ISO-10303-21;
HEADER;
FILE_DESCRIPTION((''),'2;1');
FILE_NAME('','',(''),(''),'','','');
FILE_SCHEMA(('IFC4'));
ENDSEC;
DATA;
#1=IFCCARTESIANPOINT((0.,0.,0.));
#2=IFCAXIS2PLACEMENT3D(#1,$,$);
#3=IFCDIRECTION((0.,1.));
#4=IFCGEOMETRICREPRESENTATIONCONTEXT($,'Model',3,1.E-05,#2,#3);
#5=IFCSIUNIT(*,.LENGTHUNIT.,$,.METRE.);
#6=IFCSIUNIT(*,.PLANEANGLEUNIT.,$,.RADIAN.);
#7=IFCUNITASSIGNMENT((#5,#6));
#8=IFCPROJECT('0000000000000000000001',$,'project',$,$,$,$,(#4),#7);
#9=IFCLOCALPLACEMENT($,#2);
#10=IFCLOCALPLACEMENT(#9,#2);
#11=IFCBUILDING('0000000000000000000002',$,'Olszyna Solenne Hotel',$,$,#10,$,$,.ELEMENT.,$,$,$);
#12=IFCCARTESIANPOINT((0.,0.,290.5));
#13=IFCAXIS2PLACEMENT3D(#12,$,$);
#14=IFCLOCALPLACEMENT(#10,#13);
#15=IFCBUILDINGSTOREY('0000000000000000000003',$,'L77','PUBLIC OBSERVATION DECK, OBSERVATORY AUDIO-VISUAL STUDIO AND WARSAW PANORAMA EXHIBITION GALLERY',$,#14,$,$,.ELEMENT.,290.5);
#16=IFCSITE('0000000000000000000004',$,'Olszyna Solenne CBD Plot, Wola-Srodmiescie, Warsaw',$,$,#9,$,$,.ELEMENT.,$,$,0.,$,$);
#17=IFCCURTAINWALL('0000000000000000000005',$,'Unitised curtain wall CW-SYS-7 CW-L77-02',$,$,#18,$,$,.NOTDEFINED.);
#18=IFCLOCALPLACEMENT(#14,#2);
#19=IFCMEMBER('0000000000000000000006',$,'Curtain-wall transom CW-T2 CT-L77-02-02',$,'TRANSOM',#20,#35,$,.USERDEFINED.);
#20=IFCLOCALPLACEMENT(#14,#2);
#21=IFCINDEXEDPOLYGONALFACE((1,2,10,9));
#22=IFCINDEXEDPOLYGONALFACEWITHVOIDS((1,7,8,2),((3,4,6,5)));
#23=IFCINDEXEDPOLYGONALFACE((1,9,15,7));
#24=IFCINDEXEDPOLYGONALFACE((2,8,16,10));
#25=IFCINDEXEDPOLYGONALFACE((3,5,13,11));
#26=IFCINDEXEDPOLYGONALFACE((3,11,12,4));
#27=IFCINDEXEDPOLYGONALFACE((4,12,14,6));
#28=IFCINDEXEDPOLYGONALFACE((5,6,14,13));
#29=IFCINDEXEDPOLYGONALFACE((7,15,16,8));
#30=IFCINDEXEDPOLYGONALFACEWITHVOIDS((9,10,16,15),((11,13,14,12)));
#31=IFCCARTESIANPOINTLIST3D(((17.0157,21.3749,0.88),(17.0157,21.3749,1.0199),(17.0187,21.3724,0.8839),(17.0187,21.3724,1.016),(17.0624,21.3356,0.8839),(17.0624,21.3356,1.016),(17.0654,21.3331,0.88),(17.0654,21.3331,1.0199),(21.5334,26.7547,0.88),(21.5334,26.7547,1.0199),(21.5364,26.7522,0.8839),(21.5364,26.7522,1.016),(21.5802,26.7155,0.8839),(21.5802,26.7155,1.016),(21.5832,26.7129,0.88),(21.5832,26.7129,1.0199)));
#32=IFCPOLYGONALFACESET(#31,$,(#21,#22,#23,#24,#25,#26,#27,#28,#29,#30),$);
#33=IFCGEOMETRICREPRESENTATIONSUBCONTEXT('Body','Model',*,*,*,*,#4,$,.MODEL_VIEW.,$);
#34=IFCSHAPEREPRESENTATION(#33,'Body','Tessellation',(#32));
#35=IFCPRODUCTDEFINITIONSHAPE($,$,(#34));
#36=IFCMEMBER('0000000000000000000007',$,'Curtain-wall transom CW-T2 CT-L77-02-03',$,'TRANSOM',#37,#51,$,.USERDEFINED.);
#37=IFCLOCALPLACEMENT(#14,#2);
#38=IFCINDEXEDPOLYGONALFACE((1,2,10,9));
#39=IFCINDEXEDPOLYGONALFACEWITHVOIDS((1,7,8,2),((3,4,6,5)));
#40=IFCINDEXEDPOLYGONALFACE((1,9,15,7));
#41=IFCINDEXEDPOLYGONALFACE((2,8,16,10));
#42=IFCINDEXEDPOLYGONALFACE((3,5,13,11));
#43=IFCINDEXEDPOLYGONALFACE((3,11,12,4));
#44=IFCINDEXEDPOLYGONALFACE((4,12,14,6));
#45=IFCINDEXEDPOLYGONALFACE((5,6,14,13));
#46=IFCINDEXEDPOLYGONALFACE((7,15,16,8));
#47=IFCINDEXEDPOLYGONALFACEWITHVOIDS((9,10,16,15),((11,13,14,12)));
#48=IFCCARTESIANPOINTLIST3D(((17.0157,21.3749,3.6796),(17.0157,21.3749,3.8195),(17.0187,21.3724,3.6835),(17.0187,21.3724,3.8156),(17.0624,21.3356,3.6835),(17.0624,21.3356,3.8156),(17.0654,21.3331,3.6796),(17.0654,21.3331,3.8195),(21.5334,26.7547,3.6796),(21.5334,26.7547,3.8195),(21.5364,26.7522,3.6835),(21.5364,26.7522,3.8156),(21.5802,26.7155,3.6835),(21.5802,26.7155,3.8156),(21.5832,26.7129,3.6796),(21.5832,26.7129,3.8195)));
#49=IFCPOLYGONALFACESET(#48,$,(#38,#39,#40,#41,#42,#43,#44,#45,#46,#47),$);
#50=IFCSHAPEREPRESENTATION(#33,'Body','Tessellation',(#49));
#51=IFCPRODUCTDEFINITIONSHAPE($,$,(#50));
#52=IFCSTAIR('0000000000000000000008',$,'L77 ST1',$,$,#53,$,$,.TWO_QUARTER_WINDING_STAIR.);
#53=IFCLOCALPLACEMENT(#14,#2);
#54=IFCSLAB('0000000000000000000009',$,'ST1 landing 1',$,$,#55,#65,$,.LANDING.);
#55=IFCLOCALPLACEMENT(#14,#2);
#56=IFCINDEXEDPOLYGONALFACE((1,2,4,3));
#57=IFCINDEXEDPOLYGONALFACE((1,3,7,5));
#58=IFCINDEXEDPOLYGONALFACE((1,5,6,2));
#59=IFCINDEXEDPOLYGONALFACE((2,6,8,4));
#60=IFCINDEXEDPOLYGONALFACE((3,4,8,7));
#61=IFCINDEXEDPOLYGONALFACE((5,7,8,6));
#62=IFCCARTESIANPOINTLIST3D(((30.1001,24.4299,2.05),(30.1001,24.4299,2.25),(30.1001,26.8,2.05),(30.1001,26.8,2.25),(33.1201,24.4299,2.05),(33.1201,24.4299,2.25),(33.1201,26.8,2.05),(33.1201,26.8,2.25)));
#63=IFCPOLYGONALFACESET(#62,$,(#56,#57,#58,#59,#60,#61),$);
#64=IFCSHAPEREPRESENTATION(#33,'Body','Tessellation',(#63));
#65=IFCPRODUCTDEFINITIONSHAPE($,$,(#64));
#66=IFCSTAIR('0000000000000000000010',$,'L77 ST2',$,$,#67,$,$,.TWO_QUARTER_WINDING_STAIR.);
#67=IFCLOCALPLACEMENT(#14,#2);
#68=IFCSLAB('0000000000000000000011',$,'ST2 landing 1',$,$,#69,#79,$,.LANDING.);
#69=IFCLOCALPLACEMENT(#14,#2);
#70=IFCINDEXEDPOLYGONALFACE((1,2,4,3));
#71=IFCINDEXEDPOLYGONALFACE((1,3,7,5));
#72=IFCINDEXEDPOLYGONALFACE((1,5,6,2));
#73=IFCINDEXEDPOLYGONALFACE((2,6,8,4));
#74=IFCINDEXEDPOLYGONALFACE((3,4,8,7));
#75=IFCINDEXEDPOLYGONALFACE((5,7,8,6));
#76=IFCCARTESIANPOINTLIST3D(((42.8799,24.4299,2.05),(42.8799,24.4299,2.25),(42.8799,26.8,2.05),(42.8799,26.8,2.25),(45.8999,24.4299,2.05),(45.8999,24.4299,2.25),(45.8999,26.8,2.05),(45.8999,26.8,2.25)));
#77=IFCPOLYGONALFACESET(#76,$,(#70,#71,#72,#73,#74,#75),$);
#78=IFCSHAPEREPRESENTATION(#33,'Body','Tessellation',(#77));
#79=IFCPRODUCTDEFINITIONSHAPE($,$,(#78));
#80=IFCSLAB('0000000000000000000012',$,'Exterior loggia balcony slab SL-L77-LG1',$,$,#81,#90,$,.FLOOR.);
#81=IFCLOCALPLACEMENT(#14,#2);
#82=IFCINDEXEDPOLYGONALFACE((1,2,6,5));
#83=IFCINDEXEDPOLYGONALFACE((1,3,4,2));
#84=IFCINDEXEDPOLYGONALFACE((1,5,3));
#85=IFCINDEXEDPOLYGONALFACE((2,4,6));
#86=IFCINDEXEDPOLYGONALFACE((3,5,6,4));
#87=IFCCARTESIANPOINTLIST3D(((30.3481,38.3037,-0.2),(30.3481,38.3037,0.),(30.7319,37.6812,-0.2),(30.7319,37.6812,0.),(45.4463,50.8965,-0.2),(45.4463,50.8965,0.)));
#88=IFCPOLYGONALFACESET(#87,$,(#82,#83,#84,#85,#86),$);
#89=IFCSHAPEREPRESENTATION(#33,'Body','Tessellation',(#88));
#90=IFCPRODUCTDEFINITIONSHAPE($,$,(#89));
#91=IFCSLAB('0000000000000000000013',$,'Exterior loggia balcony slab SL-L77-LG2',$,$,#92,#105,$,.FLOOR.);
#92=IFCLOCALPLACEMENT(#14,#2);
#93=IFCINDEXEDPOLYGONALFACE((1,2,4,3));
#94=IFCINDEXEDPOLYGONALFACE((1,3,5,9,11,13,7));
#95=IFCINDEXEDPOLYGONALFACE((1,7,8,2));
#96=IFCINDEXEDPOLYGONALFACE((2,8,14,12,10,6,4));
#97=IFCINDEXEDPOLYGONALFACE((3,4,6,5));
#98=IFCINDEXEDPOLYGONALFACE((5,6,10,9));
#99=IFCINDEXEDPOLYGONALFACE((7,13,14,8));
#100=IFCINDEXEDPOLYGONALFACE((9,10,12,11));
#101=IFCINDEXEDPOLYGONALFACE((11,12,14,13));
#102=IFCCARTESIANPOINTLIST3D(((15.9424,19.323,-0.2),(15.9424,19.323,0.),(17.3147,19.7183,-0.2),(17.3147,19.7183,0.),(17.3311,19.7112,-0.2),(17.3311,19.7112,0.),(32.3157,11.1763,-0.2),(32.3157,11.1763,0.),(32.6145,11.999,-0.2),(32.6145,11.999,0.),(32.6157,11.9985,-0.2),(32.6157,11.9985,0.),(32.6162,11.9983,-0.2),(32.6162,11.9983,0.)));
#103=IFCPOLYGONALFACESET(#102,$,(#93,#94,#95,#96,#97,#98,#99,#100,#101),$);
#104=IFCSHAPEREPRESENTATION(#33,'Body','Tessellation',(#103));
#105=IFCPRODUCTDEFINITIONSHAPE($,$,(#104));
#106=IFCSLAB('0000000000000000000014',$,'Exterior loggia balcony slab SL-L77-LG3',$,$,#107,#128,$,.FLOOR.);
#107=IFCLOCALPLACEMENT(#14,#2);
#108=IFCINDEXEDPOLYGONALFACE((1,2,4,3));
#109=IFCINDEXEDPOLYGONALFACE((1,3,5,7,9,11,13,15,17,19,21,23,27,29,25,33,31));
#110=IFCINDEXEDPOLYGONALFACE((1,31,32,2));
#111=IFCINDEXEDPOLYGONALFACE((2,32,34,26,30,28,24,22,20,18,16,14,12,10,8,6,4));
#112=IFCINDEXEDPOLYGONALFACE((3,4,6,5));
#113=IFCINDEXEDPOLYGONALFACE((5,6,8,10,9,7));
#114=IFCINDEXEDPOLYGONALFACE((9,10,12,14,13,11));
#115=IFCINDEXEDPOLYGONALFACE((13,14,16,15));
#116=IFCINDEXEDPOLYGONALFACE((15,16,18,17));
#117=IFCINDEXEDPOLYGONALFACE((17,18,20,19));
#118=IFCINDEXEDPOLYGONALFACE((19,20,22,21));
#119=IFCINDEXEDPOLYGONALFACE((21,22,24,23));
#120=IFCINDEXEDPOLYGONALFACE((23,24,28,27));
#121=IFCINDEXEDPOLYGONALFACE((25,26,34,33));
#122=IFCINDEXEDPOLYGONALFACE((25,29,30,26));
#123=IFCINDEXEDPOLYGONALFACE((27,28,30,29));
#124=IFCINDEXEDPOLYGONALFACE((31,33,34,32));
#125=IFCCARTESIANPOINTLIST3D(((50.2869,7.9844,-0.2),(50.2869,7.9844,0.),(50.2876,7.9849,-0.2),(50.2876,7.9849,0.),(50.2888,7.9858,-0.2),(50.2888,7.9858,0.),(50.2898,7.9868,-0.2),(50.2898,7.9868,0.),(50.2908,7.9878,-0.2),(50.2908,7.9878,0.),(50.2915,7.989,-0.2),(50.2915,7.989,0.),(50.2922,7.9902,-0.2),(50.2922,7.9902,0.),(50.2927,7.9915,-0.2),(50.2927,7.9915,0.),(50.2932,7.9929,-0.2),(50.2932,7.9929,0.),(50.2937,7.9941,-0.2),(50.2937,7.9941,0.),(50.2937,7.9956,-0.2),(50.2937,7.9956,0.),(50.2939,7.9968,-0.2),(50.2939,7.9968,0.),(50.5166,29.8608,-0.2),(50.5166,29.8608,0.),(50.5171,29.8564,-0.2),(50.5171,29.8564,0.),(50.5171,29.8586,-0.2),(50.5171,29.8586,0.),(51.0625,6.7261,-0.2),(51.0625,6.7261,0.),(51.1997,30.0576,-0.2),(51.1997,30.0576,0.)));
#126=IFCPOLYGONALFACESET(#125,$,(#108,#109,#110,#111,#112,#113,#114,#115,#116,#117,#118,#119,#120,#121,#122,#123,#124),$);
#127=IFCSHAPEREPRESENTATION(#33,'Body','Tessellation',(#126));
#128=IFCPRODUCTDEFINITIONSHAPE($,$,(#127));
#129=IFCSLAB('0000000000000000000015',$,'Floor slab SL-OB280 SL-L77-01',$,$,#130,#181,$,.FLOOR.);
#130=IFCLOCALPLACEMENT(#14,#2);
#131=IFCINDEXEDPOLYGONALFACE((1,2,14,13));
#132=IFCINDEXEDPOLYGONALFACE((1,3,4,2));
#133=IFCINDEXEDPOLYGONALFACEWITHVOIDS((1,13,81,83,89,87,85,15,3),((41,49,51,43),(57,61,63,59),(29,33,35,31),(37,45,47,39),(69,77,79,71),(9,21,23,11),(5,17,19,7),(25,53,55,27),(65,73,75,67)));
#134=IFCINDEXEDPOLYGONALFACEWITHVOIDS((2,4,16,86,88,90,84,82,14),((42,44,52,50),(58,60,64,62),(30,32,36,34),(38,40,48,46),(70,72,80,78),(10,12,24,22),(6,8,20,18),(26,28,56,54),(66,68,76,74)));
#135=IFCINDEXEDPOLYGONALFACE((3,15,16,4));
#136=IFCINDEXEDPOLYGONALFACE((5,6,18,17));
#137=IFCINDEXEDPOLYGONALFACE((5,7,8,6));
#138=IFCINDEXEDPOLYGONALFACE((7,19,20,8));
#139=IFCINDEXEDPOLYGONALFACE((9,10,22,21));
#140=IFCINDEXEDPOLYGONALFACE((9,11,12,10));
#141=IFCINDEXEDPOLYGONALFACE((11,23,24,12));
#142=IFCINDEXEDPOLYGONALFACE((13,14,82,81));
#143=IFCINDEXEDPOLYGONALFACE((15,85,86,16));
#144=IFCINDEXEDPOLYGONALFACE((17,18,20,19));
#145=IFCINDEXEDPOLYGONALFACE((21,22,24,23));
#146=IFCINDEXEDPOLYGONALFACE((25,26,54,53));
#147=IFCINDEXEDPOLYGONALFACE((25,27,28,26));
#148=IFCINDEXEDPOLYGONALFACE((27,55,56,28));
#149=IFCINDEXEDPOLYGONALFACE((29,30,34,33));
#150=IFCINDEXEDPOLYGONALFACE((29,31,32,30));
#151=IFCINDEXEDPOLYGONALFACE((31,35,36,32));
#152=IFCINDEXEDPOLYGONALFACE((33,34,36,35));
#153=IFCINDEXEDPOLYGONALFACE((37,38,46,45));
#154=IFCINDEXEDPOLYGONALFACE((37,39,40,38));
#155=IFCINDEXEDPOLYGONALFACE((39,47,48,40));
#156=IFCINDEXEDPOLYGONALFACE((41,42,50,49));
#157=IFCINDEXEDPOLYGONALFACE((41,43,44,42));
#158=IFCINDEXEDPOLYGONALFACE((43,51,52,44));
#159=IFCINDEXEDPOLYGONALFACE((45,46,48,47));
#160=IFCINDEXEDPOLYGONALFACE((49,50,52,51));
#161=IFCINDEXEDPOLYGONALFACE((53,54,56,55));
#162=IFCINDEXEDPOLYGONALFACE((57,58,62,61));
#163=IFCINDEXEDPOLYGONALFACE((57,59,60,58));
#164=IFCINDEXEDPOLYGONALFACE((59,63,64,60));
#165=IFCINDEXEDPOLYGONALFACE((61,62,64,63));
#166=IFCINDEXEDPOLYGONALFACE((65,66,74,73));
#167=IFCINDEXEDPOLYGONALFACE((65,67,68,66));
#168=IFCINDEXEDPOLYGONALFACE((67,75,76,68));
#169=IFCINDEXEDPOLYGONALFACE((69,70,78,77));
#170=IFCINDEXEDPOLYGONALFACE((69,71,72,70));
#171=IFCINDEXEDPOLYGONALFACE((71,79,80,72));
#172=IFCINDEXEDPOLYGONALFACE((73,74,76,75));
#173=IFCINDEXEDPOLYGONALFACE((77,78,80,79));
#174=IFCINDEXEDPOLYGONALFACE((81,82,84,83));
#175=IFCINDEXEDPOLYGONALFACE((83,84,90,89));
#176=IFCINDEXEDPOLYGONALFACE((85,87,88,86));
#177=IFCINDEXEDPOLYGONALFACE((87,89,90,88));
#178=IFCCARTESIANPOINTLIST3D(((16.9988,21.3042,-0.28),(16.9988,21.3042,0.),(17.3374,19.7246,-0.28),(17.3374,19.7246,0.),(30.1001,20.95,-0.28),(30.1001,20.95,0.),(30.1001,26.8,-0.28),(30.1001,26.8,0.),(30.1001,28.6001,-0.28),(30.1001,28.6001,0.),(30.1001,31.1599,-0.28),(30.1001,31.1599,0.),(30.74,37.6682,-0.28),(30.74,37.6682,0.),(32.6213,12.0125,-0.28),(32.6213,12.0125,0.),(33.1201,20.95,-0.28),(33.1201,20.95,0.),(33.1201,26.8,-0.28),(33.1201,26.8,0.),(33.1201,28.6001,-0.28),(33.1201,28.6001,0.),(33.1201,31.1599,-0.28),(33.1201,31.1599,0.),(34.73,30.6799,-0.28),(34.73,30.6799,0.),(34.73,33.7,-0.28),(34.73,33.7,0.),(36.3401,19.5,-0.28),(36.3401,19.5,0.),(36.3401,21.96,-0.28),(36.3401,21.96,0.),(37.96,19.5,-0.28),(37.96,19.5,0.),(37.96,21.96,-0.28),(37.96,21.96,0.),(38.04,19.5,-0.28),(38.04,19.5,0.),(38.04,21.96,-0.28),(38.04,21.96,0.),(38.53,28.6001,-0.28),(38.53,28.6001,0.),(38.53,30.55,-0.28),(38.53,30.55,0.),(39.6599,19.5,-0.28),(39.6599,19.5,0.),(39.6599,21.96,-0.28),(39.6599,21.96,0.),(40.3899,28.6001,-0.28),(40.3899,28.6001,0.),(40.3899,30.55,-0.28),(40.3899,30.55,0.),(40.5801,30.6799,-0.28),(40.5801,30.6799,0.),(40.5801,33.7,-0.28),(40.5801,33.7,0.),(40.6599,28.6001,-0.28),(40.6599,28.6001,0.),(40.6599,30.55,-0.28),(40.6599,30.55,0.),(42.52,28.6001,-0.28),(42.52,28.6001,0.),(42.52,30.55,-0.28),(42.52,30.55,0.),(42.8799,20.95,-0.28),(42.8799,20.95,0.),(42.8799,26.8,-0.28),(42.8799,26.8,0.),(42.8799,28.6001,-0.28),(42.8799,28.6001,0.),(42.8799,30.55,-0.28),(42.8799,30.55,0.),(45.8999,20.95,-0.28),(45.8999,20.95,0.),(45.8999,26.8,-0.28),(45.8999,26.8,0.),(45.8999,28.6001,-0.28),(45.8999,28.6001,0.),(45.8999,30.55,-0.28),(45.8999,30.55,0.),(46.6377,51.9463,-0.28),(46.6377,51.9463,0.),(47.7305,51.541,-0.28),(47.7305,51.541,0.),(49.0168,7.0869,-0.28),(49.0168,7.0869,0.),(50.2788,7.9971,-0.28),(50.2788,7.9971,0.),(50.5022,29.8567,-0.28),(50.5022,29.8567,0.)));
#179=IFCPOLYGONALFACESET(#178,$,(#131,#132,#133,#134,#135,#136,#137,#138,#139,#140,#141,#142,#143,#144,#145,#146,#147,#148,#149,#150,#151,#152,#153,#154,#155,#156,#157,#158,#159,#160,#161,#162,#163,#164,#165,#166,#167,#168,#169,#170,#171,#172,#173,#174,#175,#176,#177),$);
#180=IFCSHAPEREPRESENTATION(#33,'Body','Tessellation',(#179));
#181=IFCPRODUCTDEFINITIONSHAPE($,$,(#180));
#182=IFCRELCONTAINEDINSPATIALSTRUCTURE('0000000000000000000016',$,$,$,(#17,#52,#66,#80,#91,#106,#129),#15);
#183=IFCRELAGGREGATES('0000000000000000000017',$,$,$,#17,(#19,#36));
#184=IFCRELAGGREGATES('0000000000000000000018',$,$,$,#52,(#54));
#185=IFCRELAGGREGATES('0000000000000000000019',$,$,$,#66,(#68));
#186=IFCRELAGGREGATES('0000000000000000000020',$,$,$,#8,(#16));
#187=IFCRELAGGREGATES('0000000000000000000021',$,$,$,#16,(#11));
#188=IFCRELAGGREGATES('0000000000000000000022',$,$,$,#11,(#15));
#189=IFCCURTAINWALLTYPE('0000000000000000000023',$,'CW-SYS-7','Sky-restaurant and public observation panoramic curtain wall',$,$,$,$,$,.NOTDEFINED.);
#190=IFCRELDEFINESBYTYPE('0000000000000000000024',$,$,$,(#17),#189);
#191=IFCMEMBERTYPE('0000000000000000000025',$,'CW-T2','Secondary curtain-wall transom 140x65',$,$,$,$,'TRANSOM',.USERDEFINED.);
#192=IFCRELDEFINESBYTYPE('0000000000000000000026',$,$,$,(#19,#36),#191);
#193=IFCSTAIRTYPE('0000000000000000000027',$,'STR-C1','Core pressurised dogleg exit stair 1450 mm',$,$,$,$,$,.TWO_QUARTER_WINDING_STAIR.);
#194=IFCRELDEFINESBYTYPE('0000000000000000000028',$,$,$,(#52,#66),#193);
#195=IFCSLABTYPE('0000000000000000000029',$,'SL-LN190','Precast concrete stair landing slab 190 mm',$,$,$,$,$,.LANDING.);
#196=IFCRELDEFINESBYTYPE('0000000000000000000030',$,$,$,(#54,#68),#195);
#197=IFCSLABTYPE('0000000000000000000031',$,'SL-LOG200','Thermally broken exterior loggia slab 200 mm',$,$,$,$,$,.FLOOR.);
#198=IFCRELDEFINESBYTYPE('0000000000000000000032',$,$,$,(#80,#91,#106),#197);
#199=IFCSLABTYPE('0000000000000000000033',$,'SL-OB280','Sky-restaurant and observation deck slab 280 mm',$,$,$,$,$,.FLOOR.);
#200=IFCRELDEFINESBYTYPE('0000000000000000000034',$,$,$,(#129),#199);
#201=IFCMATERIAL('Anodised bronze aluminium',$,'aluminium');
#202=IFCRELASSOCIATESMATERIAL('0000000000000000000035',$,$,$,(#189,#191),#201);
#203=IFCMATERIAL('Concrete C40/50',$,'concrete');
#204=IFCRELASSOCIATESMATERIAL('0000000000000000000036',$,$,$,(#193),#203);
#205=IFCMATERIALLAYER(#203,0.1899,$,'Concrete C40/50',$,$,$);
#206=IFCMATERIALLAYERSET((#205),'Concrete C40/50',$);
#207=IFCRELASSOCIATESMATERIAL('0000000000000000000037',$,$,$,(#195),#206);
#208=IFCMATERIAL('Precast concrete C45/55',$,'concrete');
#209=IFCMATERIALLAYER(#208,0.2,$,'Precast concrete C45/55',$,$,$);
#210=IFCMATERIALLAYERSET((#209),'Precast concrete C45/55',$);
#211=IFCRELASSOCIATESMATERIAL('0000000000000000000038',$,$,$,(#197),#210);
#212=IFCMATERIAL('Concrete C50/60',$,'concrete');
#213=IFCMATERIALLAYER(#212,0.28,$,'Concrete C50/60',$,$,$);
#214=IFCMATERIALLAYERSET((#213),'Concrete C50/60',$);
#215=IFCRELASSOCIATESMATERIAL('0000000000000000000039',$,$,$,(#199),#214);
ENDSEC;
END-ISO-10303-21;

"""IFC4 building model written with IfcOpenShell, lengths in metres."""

from ifc_helpers import new_model, si_unit, direction, frame, origin, origin_2d, place, context, subcontext, project, spatial, polyline, hollow_rectangle, outline, extrude, source, transform, mapped, material, layer, layer_set, material_profile, profile_set, type_object, element, aggregate, save


model = new_model("IFC4")

# Units and contexts
model_context = context("Model", 3, precision=1e-05, world=origin(), true_north=direction((0.0, 1.0)))
body_context = subcontext(model_context, "Body", "Model", "MODEL_VIEW")
ifc_project = project(units=[si_unit("LENGTHUNIT", "METRE"), si_unit("PLANEANGLEUNIT", "RADIAN")], contexts=[model_context])

# Site, building, storey
site_placement = place(None, origin())
site = spatial("IfcSite", under=ifc_project, at=site_placement, Name="Olszyna Solenne CBD Plot, Wola-Srodmiescie, Warsaw", CompositionType="ELEMENT", RefElevation=0.0)
building_placement = place(site_placement, origin())
building = spatial("IfcBuilding", under=site, at=building_placement, Name="Olszyna Solenne Hotel", CompositionType="ELEMENT")
storey_placement = place(building_placement, frame((0.0, 0.0, 290.5)))
storey = spatial("IfcBuildingStorey", under=building, at=storey_placement, Name="L77", Description="PUBLIC OBSERVATION DECK, OBSERVATORY AUDIO-VISUAL STUDIO AND WARSAW PANORAMA EXHIBITION GALLERY", CompositionType="ELEMENT", Elevation=290.5)

# Curtain wall, members
ifc_material_1 = material(Name="Anodised bronze aluminium", Category="aluminium")
curtain_wall_type = type_object("IfcCurtainWallType", Name="CW-SYS-7", Description="Sky-restaurant and public observation panoramic curtain wall", PredefinedType="NOTDEFINED", material=ifc_material_1)
curtain_wall_placement = place(storey_placement, origin())
curtain_wall = element("IfcCurtainWall", 1, at=curtain_wall_placement, inside=storey, type_object=curtain_wall_type, Name="Unitised curtain wall CW-SYS-7 CW-L77-02", PredefinedType="NOTDEFINED")
ifc_material_profile_1 = material_profile(ifc_material_1, hollow_rectangle(XDim=0.0649, YDim=0.1399, WallThickness=0.0039, at=origin_2d()), Name="TRAN 140x65x4", Category="load-bearing")
ifc_profile_set_1 = profile_set([ifc_material_profile_1], Name="Anodised bronze aluminium")
member_type_1 = type_object("IfcMemberType", Name="CW-T2", Description="Secondary curtain-wall transom 140x65", ElementType="TRANSOM", PredefinedType="USERDEFINED", material=ifc_profile_set_1)
shared_shape_1 = source(origin(), body_context, "Body", "SweptSolid", [
    extrude(hollow_rectangle(XDim=0.0649, YDim=0.1399, WallThickness=0.0039, at=origin_2d()), origin(), (0.0, 0.0, 1.0), 7.0251),
])
member_1_placement = place(storey_placement, frame((17.0405, 21.354, 0.95), z_axis=(0.643085, 0.765795, 0.0), x_axis=(-0.765795, 0.643085, 0.0)))
member_1 = element("IfcMember", 2, at=member_1_placement, type_object=member_type_1, Name="Curtain-wall transom CW-T2 CT-L77-02-02", ObjectType="TRANSOM", PredefinedType="USERDEFINED", context=body_context, shape_type="MappedRepresentation", body=[
    mapped(shared_shape_1, transform((0.0, 0.0, 0.0), x_axis=(1.0, 0.0, 0.0), y_axis=(0.0, 1.0, 0.0), z_axis=(0.0, 0.0, 1.0), scale=1.0)),
])
member_2_placement = place(storey_placement, frame((17.0405, 21.354, 3.7495), z_axis=(0.643085, 0.765795, 0.0), x_axis=(-0.765795, 0.643085, 0.0)))
member_2 = element("IfcMember", 3, at=member_2_placement, type_object=member_type_1, Name="Curtain-wall transom CW-T2 CT-L77-02-03", ObjectType="TRANSOM", PredefinedType="USERDEFINED", context=body_context, shape_type="MappedRepresentation", body=[
    mapped(shared_shape_1, transform((0.0, 0.0, 0.0), x_axis=(1.0, 0.0, 0.0), y_axis=(0.0, 1.0, 0.0), z_axis=(0.0, 0.0, 1.0), scale=1.0)),
])
aggregate(curtain_wall, [member_1, member_2])

# Stairs, slabs
ifc_material_2 = material(Name="Concrete C40/50", Category="concrete")
stair_type = type_object("IfcStairType", Name="STR-C1", Description="Core pressurised dogleg exit stair 1450 mm", PredefinedType="TWO_QUARTER_WINDING_STAIR", material=ifc_material_2)
stair_1_placement = place(storey_placement, origin())
stair_1 = element("IfcStair", 4, at=stair_1_placement, inside=storey, type_object=stair_type, Name="L77 ST1", PredefinedType="TWO_QUARTER_WINDING_STAIR")
ifc_layer_1 = layer(ifc_material_2, 0.1899, Name="Concrete C40/50")
ifc_layer_set_1 = layer_set([ifc_layer_1], Name="Concrete C40/50")
slab_type_1 = type_object("IfcSlabType", Name="SL-LN190", Description="Precast concrete stair landing slab 190 mm", PredefinedType="LANDING", material=ifc_layer_set_1)
slab_1_placement = place(storey_placement, frame((0.0, 0.0, 2.05)))
slab_1 = element("IfcSlab", 5, at=slab_1_placement, type_object=slab_type_1, Name="ST1 landing 1", PredefinedType="LANDING", context=body_context, shape_type="SweptSolid", body=[
    extrude(outline(polyline([(33.1201, 24.4299), (33.1201, 26.8), (30.1001, 26.8), (30.1001, 24.4299), (33.1201, 24.4299)])), origin(), (0.0, 0.0, 1.0), 0.2),
])
aggregate(stair_1, [slab_1])
stair_2_placement = place(storey_placement, origin())
stair_2 = element("IfcStair", 6, at=stair_2_placement, inside=storey, type_object=stair_type, Name="L77 ST2", PredefinedType="TWO_QUARTER_WINDING_STAIR")
slab_2_placement = place(storey_placement, frame((0.0, 0.0, 2.05)))
slab_2 = element("IfcSlab", 7, at=slab_2_placement, type_object=slab_type_1, Name="ST2 landing 1", PredefinedType="LANDING", context=body_context, shape_type="SweptSolid", body=[
    extrude(outline(polyline([(45.8999, 24.4299), (45.8999, 26.8), (42.8799, 26.8), (42.8799, 24.4299), (45.8999, 24.4299)])), origin(), (0.0, 0.0, 1.0), 0.2),
])
aggregate(stair_2, [slab_2])

# Slabs
ifc_material_3 = material(Name="Precast concrete C45/55", Category="concrete")
ifc_layer_2 = layer(ifc_material_3, 0.2, Name="Precast concrete C45/55")
ifc_layer_set_2 = layer_set([ifc_layer_2], Name="Precast concrete C45/55")
slab_type_2 = type_object("IfcSlabType", Name="SL-LOG200", Description="Thermally broken exterior loggia slab 200 mm", PredefinedType="FLOOR", material=ifc_layer_set_2)
slab_3_placement = place(storey_placement, frame((0.0, 0.0, -0.2)))
element("IfcSlab", 8, at=slab_3_placement, inside=storey, type_object=slab_type_2, Name="Exterior loggia balcony slab SL-L77-LG1", PredefinedType="FLOOR", context=body_context, shape_type="SweptSolid", body=[
    extrude(outline(polyline([(30.3481, 38.3037), (30.7319, 37.6812), (45.4463, 50.8965), (30.3481, 38.3037)])), origin(), (0.0, 0.0, 1.0), 0.2),
])
slab_4_placement = place(storey_placement, frame((0.0, 0.0, -0.2)))
element("IfcSlab", 9, at=slab_4_placement, inside=storey, type_object=slab_type_2, Name="Exterior loggia balcony slab SL-L77-LG2", PredefinedType="FLOOR", context=body_context, shape_type="SweptSolid", body=[
    extrude(outline(polyline([(32.6162, 11.9983), (32.6157, 11.9985), (32.6145, 11.999), (17.3311, 19.7112), (17.3147, 19.7183), (15.9424, 19.323), (32.3157, 11.1763), (32.6162, 11.9983)])), origin(), (0.0, 0.0, 1.0), 0.2),
])
slab_5_placement = place(storey_placement, frame((0.0, 0.0, -0.2)))
element("IfcSlab", 10, at=slab_5_placement, inside=storey, type_object=slab_type_2, Name="Exterior loggia balcony slab SL-L77-LG3", PredefinedType="FLOOR", context=body_context, shape_type="SweptSolid", body=[
    extrude(outline(polyline([(50.5166, 29.8608), (50.5171, 29.8586), (50.5171, 29.8564), (50.2939, 7.9968), (50.2937, 7.9956), (50.2937, 7.9941), (50.2932, 7.9929), (50.2927, 7.9915), (50.2922, 7.9902), (50.2915, 7.989), (50.2908, 7.9878), (50.2898, 7.9868), (50.2888, 7.9858), (50.2876, 7.9849), (50.2869, 7.9844), (51.0625, 6.7261), (51.1997, 30.0576), (50.5166, 29.8608)])), origin(), (0.0, 0.0, 1.0), 0.2),
])
ifc_material_4 = material(Name="Concrete C50/60", Category="concrete")
ifc_layer_3 = layer(ifc_material_4, 0.28, Name="Concrete C50/60")
ifc_layer_set_3 = layer_set([ifc_layer_3], Name="Concrete C50/60")
slab_type_3 = type_object("IfcSlabType", Name="SL-OB280", Description="Sky-restaurant and observation deck slab 280 mm", PredefinedType="FLOOR", material=ifc_layer_set_3)
slab_6_placement = place(storey_placement, frame((0.0, 0.0, -0.28)))
element("IfcSlab", 11, at=slab_6_placement, inside=storey, type_object=slab_type_3, Name="Floor slab SL-OB280 SL-L77-01", PredefinedType="FLOOR", context=body_context, shape_type="SweptSolid", body=[
    extrude(outline(polyline([(47.7305, 51.541), (46.6377, 51.9463), (30.74, 37.6682), (16.9988, 21.3042), (17.3374, 19.7246), (32.6213, 12.0125), (49.0168, 7.0869), (50.2788, 7.9971), (50.5022, 29.8567), (47.7305, 51.541)]), holes=[polyline([(30.1001, 20.95), (33.1201, 20.95), (33.1201, 26.8), (30.1001, 26.8), (30.1001, 20.95)]), polyline([(42.8799, 20.95), (45.8999, 20.95), (45.8999, 26.8), (42.8799, 26.8), (42.8799, 20.95)]), polyline([(34.73, 30.6799), (40.5801, 30.6799), (40.5801, 33.7), (34.73, 33.7), (34.73, 30.6799)]), polyline([(36.3401, 19.5), (37.96, 19.5), (37.96, 21.96), (36.3401, 21.96), (36.3401, 19.5)]), polyline([(38.04, 19.5), (39.6599, 19.5), (39.6599, 21.96), (38.04, 21.96), (38.04, 19.5)]), polyline([(30.1001, 28.6001), (33.1201, 28.6001), (33.1201, 31.1599), (30.1001, 31.1599), (30.1001, 28.6001)]), polyline([(38.53, 28.6001), (40.3899, 28.6001), (40.3899, 30.55), (38.53, 30.55), (38.53, 28.6001)]), polyline([(40.6599, 28.6001), (42.52, 28.6001), (42.52, 30.55), (40.6599, 30.55), (40.6599, 28.6001)]), polyline([(42.8799, 28.6001), (45.8999, 28.6001), (45.8999, 30.55), (42.8799, 30.55), (42.8799, 28.6001)])]), origin(), (0.0, 0.0, 1.0), 0.28),
])

save(model, "model.ifc")
